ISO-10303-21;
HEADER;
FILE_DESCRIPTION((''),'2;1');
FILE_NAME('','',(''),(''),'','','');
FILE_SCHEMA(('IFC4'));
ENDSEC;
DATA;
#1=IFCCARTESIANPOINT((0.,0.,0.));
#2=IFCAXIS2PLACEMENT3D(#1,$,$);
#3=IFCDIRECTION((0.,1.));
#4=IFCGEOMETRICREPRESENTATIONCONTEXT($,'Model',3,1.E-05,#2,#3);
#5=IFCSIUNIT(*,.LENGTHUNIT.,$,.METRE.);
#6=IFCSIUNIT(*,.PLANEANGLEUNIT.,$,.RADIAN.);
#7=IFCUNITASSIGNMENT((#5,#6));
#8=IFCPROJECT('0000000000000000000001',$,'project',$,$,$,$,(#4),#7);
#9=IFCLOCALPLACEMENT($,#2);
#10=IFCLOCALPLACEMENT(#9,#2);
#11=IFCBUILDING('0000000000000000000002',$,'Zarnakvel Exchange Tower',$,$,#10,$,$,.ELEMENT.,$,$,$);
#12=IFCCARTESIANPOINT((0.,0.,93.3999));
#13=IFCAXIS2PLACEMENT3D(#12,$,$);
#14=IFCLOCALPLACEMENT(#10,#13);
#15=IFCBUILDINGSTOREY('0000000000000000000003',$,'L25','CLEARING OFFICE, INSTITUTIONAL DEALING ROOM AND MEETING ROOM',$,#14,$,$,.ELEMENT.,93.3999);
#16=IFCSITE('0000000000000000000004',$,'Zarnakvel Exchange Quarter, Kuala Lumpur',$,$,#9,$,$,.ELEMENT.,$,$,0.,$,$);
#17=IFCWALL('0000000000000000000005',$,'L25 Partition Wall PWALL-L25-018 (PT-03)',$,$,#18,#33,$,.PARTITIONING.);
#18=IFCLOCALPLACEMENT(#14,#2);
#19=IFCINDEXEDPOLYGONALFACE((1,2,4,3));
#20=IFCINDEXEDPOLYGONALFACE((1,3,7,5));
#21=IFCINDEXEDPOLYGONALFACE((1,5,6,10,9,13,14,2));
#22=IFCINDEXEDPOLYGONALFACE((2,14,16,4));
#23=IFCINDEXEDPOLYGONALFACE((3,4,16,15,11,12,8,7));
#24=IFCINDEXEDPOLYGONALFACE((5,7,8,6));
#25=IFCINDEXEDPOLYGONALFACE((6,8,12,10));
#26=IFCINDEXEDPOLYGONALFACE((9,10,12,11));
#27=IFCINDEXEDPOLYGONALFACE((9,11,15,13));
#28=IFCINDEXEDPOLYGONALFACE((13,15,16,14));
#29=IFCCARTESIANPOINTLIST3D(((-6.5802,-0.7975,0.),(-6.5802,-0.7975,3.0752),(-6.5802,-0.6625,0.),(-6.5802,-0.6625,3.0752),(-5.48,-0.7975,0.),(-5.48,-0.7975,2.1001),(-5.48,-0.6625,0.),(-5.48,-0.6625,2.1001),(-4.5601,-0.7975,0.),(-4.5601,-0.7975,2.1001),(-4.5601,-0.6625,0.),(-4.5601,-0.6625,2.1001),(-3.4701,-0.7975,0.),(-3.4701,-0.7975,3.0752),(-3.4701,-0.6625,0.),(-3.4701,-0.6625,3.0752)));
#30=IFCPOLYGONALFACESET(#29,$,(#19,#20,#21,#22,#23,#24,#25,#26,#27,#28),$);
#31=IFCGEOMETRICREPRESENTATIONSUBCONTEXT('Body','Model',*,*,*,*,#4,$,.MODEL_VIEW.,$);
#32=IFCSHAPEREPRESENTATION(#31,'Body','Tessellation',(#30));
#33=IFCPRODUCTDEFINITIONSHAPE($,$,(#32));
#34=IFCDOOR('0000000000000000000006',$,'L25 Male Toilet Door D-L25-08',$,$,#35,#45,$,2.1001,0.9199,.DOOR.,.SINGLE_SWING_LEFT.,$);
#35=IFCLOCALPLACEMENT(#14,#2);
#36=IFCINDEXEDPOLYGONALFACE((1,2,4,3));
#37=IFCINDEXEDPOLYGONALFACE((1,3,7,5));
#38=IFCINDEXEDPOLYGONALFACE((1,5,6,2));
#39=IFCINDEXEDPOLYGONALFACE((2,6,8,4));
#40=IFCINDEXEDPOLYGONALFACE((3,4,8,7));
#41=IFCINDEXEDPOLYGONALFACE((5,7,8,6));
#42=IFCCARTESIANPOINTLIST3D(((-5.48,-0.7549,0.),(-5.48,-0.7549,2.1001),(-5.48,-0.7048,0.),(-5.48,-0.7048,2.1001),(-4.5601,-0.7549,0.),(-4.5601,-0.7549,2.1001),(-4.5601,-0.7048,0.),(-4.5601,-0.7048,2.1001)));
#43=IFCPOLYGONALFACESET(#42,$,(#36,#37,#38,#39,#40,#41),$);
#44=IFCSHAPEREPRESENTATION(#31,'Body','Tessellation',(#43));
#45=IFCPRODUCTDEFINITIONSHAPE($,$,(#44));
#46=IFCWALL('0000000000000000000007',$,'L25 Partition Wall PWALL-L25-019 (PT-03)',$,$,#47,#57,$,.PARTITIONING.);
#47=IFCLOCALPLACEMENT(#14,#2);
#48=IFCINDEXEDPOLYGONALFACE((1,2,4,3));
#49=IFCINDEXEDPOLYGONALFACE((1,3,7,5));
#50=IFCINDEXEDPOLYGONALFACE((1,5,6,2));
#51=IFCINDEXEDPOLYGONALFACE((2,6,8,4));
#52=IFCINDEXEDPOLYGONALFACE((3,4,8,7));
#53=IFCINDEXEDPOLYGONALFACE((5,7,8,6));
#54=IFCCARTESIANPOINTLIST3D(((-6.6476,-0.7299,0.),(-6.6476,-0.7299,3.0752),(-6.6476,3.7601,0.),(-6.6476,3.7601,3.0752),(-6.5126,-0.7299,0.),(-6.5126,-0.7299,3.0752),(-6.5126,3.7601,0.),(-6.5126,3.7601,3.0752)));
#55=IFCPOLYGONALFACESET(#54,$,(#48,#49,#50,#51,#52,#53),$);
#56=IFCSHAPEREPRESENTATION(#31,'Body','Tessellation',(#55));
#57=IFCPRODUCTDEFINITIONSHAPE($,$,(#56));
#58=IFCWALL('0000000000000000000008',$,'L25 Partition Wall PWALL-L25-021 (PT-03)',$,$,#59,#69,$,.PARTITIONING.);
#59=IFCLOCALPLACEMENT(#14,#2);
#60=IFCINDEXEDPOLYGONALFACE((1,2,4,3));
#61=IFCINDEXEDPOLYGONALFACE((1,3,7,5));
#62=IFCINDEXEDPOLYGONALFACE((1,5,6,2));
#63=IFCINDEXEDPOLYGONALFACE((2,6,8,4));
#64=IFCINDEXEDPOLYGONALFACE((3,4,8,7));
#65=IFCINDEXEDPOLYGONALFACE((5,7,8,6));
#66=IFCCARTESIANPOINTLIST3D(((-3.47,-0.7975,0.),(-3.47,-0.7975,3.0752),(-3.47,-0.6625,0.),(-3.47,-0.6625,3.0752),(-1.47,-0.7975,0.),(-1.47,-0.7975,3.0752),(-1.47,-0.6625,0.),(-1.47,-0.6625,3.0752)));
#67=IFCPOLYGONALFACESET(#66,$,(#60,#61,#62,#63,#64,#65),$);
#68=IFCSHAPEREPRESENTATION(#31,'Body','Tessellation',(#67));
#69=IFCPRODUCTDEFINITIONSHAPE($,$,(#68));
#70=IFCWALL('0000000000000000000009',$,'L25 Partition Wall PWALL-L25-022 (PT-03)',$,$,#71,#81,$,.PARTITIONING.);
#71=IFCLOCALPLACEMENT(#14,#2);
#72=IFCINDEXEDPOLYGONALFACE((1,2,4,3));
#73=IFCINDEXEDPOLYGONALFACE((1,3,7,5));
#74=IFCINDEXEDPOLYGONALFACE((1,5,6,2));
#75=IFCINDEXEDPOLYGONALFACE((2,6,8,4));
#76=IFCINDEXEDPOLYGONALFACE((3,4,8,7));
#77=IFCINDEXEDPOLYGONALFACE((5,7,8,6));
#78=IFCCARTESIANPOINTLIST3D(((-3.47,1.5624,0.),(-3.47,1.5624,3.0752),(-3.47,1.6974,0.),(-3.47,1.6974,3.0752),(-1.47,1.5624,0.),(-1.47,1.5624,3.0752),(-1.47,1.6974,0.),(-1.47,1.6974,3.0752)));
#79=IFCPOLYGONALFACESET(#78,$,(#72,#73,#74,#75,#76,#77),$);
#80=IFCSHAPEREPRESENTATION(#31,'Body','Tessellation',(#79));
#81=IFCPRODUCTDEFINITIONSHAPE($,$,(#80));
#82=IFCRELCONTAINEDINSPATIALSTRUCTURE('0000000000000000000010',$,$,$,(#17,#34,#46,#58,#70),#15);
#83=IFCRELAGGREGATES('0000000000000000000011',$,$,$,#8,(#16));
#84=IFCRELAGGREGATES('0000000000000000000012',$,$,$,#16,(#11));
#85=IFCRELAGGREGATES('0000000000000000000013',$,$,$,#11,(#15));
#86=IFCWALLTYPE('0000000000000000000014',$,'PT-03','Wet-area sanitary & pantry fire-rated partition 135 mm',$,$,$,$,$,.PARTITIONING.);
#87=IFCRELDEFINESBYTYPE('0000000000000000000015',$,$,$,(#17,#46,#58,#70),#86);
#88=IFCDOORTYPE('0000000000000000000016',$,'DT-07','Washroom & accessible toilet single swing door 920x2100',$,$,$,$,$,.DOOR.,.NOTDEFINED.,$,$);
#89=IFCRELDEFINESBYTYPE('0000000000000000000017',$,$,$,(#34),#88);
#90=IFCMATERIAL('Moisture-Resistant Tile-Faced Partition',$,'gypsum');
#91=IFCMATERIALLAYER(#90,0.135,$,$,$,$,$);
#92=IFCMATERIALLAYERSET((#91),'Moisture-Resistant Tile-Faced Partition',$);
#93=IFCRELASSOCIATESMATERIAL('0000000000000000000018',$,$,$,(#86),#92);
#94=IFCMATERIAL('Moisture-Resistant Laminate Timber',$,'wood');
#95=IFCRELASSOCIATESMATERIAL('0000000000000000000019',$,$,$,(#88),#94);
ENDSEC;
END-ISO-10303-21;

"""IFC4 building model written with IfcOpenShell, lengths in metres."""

from ifc_helpers import new_model, si_unit, direction, frame, frame_2d, origin, place, context, subcontext, project, spatial, rectangle, extrude, source, transform, mapped, material, layer, layer_set, type_object, element, fill, save


model = new_model("IFC4")

# Units and contexts
model_context = context("Model", 3, precision=1e-05, world=origin(), true_north=direction((0.0, 1.0)))
body_context = subcontext(model_context, "Body", "Model", "MODEL_VIEW")
ifc_project = project(units=[si_unit("LENGTHUNIT", "METRE"), si_unit("PLANEANGLEUNIT", "RADIAN")], contexts=[model_context])

# Site, building, storey
site_placement = place(None, origin())
site = spatial("IfcSite", under=ifc_project, at=site_placement, Name="Zarnakvel Exchange Quarter, Kuala Lumpur", CompositionType="ELEMENT", RefElevation=0.0)
building_placement = place(site_placement, origin())
building = spatial("IfcBuilding", under=site, at=building_placement, Name="Zarnakvel Exchange Tower", CompositionType="ELEMENT")
storey_placement = place(building_placement, frame((0.0, 0.0, 93.3999)))
storey = spatial("IfcBuildingStorey", under=building, at=storey_placement, Name="L25", Description="CLEARING OFFICE, INSTITUTIONAL DEALING ROOM AND MEETING ROOM", CompositionType="ELEMENT", Elevation=93.3999)

# Wall, opening, door
ifc_material_1 = material(Name="Moisture-Resistant Tile-Faced Partition", Category="gypsum")
ifc_layer_1 = layer(ifc_material_1, 0.135)
ifc_layer_set_1 = layer_set([ifc_layer_1], Name="Moisture-Resistant Tile-Faced Partition")
wall_type_1 = type_object("IfcWallType", Name="PT-03", Description="Wet-area sanitary & pantry fire-rated partition 135 mm", PredefinedType="PARTITIONING", material=ifc_layer_set_1)
wall_1_placement = place(storey_placement, frame((-3.47, -0.73, 0.0), z_axis=(0.0, 0.0, 1.0), x_axis=(-1.0, 0.0, 0.0)))
wall_1 = element("IfcWall", 1, at=wall_1_placement, inside=storey, type_object=wall_type_1, Name="L25 Partition Wall PWALL-L25-018 (PT-03)", PredefinedType="PARTITIONING", context=body_context, shape_type="SweptSolid", body=[
    extrude(rectangle(XDim=3.1101, YDim=0.135, at=frame_2d((1.5552, 0.0))), origin(), (0.0, 0.0, 1.0), 3.0752),
])
opening_1_placement = place(wall_1_placement, frame((1.0901, 0.0, 0.0)))
opening_1 = element("IfcOpeningElement", 2, at=opening_1_placement, cuts=wall_1, PredefinedType="OPENING", context=body_context, shape_type="SweptSolid", body=[
    extrude(rectangle(XDim=0.9199, YDim=2.1001, at=frame_2d((0.46, 1.05))), frame((0.0, 0.0774, 0.0), z_axis=(0.0, -1.0, 0.0), x_axis=(1.0, 0.0, 0.0)), (0.0, 0.0, 1.0), 0.155),
])
ifc_material_2 = material(Name="Moisture-Resistant Laminate Timber", Category="wood")
door_type_1 = type_object("IfcDoorType", Name="DT-07", Description="Washroom & accessible toilet single swing door 920x2100", OperationType="NOTDEFINED", PredefinedType="DOOR", material=ifc_material_2)
shared_shape_1 = source(origin(), body_context, "Body", "SweptSolid", [
    extrude(rectangle(XDim=0.9199, YDim=2.1001, at=frame_2d((0.46, 1.05))), frame((0.0, 0.0249, 0.0), z_axis=(0.0, -1.0, 0.0), x_axis=(1.0, 0.0, 0.0)), (0.0, 0.0, 1.0), 0.05),
])
door_1_placement = place(opening_1_placement, origin())
door_1 = element("IfcDoor", 3, at=door_1_placement, inside=storey, type_object=door_type_1, Name="L25 Male Toilet Door D-L25-08", OperationType="SINGLE_SWING_LEFT", OverallHeight=2.1001, OverallWidth=0.9199, PredefinedType="DOOR", context=body_context, shape_type="MappedRepresentation", body=[
    mapped(shared_shape_1, transform((0.0, 0.0, 0.0), x_axis=(1.0, 0.0, 0.0), y_axis=(0.0, 1.0, 0.0), z_axis=(0.0, 0.0, 1.0), scale=1.0)),
])
fill(opening_1, door_1)

# Walls
wall_2_placement = place(storey_placement, frame((-6.5801, -0.73, 0.0), z_axis=(0.0, 0.0, 1.0), x_axis=(0.0, 1.0, 0.0)))
element("IfcWall", 4, at=wall_2_placement, inside=storey, type_object=wall_type_1, Name="L25 Partition Wall PWALL-L25-019 (PT-03)", PredefinedType="PARTITIONING", context=body_context, shape_type="SweptSolid", body=[
    extrude(rectangle(XDim=4.49, YDim=0.135, at=frame_2d((2.2451, 0.0))), origin(), (0.0, 0.0, 1.0), 3.0752),
])
for number, where, z_axis, x_axis, name in (
    (5, (-1.47, -0.73, 0.0), (0.0, 0.0, 1.0), (-1.0, 0.0, 0.0), "L25 Partition Wall PWALL-L25-021 (PT-03)"),
    (6, (-3.47, 1.6299, 0.0), (0.0, 0.0, 1.0), (1.0, 0.0, 0.0), "L25 Partition Wall PWALL-L25-022 (PT-03)"),
):
    element("IfcWall", number, at=place(storey_placement, frame(where, z_axis=z_axis, x_axis=x_axis)), inside=storey, type_object=wall_type_1, Name=name, PredefinedType="PARTITIONING", context=body_context, shape_type="SweptSolid", body=[
        extrude(rectangle(XDim=2.0, YDim=0.135, at=frame_2d((1.0, 0.0))), origin(), (0.0, 0.0, 1.0), 3.0752),
    ])

save(model, "model.ifc")
